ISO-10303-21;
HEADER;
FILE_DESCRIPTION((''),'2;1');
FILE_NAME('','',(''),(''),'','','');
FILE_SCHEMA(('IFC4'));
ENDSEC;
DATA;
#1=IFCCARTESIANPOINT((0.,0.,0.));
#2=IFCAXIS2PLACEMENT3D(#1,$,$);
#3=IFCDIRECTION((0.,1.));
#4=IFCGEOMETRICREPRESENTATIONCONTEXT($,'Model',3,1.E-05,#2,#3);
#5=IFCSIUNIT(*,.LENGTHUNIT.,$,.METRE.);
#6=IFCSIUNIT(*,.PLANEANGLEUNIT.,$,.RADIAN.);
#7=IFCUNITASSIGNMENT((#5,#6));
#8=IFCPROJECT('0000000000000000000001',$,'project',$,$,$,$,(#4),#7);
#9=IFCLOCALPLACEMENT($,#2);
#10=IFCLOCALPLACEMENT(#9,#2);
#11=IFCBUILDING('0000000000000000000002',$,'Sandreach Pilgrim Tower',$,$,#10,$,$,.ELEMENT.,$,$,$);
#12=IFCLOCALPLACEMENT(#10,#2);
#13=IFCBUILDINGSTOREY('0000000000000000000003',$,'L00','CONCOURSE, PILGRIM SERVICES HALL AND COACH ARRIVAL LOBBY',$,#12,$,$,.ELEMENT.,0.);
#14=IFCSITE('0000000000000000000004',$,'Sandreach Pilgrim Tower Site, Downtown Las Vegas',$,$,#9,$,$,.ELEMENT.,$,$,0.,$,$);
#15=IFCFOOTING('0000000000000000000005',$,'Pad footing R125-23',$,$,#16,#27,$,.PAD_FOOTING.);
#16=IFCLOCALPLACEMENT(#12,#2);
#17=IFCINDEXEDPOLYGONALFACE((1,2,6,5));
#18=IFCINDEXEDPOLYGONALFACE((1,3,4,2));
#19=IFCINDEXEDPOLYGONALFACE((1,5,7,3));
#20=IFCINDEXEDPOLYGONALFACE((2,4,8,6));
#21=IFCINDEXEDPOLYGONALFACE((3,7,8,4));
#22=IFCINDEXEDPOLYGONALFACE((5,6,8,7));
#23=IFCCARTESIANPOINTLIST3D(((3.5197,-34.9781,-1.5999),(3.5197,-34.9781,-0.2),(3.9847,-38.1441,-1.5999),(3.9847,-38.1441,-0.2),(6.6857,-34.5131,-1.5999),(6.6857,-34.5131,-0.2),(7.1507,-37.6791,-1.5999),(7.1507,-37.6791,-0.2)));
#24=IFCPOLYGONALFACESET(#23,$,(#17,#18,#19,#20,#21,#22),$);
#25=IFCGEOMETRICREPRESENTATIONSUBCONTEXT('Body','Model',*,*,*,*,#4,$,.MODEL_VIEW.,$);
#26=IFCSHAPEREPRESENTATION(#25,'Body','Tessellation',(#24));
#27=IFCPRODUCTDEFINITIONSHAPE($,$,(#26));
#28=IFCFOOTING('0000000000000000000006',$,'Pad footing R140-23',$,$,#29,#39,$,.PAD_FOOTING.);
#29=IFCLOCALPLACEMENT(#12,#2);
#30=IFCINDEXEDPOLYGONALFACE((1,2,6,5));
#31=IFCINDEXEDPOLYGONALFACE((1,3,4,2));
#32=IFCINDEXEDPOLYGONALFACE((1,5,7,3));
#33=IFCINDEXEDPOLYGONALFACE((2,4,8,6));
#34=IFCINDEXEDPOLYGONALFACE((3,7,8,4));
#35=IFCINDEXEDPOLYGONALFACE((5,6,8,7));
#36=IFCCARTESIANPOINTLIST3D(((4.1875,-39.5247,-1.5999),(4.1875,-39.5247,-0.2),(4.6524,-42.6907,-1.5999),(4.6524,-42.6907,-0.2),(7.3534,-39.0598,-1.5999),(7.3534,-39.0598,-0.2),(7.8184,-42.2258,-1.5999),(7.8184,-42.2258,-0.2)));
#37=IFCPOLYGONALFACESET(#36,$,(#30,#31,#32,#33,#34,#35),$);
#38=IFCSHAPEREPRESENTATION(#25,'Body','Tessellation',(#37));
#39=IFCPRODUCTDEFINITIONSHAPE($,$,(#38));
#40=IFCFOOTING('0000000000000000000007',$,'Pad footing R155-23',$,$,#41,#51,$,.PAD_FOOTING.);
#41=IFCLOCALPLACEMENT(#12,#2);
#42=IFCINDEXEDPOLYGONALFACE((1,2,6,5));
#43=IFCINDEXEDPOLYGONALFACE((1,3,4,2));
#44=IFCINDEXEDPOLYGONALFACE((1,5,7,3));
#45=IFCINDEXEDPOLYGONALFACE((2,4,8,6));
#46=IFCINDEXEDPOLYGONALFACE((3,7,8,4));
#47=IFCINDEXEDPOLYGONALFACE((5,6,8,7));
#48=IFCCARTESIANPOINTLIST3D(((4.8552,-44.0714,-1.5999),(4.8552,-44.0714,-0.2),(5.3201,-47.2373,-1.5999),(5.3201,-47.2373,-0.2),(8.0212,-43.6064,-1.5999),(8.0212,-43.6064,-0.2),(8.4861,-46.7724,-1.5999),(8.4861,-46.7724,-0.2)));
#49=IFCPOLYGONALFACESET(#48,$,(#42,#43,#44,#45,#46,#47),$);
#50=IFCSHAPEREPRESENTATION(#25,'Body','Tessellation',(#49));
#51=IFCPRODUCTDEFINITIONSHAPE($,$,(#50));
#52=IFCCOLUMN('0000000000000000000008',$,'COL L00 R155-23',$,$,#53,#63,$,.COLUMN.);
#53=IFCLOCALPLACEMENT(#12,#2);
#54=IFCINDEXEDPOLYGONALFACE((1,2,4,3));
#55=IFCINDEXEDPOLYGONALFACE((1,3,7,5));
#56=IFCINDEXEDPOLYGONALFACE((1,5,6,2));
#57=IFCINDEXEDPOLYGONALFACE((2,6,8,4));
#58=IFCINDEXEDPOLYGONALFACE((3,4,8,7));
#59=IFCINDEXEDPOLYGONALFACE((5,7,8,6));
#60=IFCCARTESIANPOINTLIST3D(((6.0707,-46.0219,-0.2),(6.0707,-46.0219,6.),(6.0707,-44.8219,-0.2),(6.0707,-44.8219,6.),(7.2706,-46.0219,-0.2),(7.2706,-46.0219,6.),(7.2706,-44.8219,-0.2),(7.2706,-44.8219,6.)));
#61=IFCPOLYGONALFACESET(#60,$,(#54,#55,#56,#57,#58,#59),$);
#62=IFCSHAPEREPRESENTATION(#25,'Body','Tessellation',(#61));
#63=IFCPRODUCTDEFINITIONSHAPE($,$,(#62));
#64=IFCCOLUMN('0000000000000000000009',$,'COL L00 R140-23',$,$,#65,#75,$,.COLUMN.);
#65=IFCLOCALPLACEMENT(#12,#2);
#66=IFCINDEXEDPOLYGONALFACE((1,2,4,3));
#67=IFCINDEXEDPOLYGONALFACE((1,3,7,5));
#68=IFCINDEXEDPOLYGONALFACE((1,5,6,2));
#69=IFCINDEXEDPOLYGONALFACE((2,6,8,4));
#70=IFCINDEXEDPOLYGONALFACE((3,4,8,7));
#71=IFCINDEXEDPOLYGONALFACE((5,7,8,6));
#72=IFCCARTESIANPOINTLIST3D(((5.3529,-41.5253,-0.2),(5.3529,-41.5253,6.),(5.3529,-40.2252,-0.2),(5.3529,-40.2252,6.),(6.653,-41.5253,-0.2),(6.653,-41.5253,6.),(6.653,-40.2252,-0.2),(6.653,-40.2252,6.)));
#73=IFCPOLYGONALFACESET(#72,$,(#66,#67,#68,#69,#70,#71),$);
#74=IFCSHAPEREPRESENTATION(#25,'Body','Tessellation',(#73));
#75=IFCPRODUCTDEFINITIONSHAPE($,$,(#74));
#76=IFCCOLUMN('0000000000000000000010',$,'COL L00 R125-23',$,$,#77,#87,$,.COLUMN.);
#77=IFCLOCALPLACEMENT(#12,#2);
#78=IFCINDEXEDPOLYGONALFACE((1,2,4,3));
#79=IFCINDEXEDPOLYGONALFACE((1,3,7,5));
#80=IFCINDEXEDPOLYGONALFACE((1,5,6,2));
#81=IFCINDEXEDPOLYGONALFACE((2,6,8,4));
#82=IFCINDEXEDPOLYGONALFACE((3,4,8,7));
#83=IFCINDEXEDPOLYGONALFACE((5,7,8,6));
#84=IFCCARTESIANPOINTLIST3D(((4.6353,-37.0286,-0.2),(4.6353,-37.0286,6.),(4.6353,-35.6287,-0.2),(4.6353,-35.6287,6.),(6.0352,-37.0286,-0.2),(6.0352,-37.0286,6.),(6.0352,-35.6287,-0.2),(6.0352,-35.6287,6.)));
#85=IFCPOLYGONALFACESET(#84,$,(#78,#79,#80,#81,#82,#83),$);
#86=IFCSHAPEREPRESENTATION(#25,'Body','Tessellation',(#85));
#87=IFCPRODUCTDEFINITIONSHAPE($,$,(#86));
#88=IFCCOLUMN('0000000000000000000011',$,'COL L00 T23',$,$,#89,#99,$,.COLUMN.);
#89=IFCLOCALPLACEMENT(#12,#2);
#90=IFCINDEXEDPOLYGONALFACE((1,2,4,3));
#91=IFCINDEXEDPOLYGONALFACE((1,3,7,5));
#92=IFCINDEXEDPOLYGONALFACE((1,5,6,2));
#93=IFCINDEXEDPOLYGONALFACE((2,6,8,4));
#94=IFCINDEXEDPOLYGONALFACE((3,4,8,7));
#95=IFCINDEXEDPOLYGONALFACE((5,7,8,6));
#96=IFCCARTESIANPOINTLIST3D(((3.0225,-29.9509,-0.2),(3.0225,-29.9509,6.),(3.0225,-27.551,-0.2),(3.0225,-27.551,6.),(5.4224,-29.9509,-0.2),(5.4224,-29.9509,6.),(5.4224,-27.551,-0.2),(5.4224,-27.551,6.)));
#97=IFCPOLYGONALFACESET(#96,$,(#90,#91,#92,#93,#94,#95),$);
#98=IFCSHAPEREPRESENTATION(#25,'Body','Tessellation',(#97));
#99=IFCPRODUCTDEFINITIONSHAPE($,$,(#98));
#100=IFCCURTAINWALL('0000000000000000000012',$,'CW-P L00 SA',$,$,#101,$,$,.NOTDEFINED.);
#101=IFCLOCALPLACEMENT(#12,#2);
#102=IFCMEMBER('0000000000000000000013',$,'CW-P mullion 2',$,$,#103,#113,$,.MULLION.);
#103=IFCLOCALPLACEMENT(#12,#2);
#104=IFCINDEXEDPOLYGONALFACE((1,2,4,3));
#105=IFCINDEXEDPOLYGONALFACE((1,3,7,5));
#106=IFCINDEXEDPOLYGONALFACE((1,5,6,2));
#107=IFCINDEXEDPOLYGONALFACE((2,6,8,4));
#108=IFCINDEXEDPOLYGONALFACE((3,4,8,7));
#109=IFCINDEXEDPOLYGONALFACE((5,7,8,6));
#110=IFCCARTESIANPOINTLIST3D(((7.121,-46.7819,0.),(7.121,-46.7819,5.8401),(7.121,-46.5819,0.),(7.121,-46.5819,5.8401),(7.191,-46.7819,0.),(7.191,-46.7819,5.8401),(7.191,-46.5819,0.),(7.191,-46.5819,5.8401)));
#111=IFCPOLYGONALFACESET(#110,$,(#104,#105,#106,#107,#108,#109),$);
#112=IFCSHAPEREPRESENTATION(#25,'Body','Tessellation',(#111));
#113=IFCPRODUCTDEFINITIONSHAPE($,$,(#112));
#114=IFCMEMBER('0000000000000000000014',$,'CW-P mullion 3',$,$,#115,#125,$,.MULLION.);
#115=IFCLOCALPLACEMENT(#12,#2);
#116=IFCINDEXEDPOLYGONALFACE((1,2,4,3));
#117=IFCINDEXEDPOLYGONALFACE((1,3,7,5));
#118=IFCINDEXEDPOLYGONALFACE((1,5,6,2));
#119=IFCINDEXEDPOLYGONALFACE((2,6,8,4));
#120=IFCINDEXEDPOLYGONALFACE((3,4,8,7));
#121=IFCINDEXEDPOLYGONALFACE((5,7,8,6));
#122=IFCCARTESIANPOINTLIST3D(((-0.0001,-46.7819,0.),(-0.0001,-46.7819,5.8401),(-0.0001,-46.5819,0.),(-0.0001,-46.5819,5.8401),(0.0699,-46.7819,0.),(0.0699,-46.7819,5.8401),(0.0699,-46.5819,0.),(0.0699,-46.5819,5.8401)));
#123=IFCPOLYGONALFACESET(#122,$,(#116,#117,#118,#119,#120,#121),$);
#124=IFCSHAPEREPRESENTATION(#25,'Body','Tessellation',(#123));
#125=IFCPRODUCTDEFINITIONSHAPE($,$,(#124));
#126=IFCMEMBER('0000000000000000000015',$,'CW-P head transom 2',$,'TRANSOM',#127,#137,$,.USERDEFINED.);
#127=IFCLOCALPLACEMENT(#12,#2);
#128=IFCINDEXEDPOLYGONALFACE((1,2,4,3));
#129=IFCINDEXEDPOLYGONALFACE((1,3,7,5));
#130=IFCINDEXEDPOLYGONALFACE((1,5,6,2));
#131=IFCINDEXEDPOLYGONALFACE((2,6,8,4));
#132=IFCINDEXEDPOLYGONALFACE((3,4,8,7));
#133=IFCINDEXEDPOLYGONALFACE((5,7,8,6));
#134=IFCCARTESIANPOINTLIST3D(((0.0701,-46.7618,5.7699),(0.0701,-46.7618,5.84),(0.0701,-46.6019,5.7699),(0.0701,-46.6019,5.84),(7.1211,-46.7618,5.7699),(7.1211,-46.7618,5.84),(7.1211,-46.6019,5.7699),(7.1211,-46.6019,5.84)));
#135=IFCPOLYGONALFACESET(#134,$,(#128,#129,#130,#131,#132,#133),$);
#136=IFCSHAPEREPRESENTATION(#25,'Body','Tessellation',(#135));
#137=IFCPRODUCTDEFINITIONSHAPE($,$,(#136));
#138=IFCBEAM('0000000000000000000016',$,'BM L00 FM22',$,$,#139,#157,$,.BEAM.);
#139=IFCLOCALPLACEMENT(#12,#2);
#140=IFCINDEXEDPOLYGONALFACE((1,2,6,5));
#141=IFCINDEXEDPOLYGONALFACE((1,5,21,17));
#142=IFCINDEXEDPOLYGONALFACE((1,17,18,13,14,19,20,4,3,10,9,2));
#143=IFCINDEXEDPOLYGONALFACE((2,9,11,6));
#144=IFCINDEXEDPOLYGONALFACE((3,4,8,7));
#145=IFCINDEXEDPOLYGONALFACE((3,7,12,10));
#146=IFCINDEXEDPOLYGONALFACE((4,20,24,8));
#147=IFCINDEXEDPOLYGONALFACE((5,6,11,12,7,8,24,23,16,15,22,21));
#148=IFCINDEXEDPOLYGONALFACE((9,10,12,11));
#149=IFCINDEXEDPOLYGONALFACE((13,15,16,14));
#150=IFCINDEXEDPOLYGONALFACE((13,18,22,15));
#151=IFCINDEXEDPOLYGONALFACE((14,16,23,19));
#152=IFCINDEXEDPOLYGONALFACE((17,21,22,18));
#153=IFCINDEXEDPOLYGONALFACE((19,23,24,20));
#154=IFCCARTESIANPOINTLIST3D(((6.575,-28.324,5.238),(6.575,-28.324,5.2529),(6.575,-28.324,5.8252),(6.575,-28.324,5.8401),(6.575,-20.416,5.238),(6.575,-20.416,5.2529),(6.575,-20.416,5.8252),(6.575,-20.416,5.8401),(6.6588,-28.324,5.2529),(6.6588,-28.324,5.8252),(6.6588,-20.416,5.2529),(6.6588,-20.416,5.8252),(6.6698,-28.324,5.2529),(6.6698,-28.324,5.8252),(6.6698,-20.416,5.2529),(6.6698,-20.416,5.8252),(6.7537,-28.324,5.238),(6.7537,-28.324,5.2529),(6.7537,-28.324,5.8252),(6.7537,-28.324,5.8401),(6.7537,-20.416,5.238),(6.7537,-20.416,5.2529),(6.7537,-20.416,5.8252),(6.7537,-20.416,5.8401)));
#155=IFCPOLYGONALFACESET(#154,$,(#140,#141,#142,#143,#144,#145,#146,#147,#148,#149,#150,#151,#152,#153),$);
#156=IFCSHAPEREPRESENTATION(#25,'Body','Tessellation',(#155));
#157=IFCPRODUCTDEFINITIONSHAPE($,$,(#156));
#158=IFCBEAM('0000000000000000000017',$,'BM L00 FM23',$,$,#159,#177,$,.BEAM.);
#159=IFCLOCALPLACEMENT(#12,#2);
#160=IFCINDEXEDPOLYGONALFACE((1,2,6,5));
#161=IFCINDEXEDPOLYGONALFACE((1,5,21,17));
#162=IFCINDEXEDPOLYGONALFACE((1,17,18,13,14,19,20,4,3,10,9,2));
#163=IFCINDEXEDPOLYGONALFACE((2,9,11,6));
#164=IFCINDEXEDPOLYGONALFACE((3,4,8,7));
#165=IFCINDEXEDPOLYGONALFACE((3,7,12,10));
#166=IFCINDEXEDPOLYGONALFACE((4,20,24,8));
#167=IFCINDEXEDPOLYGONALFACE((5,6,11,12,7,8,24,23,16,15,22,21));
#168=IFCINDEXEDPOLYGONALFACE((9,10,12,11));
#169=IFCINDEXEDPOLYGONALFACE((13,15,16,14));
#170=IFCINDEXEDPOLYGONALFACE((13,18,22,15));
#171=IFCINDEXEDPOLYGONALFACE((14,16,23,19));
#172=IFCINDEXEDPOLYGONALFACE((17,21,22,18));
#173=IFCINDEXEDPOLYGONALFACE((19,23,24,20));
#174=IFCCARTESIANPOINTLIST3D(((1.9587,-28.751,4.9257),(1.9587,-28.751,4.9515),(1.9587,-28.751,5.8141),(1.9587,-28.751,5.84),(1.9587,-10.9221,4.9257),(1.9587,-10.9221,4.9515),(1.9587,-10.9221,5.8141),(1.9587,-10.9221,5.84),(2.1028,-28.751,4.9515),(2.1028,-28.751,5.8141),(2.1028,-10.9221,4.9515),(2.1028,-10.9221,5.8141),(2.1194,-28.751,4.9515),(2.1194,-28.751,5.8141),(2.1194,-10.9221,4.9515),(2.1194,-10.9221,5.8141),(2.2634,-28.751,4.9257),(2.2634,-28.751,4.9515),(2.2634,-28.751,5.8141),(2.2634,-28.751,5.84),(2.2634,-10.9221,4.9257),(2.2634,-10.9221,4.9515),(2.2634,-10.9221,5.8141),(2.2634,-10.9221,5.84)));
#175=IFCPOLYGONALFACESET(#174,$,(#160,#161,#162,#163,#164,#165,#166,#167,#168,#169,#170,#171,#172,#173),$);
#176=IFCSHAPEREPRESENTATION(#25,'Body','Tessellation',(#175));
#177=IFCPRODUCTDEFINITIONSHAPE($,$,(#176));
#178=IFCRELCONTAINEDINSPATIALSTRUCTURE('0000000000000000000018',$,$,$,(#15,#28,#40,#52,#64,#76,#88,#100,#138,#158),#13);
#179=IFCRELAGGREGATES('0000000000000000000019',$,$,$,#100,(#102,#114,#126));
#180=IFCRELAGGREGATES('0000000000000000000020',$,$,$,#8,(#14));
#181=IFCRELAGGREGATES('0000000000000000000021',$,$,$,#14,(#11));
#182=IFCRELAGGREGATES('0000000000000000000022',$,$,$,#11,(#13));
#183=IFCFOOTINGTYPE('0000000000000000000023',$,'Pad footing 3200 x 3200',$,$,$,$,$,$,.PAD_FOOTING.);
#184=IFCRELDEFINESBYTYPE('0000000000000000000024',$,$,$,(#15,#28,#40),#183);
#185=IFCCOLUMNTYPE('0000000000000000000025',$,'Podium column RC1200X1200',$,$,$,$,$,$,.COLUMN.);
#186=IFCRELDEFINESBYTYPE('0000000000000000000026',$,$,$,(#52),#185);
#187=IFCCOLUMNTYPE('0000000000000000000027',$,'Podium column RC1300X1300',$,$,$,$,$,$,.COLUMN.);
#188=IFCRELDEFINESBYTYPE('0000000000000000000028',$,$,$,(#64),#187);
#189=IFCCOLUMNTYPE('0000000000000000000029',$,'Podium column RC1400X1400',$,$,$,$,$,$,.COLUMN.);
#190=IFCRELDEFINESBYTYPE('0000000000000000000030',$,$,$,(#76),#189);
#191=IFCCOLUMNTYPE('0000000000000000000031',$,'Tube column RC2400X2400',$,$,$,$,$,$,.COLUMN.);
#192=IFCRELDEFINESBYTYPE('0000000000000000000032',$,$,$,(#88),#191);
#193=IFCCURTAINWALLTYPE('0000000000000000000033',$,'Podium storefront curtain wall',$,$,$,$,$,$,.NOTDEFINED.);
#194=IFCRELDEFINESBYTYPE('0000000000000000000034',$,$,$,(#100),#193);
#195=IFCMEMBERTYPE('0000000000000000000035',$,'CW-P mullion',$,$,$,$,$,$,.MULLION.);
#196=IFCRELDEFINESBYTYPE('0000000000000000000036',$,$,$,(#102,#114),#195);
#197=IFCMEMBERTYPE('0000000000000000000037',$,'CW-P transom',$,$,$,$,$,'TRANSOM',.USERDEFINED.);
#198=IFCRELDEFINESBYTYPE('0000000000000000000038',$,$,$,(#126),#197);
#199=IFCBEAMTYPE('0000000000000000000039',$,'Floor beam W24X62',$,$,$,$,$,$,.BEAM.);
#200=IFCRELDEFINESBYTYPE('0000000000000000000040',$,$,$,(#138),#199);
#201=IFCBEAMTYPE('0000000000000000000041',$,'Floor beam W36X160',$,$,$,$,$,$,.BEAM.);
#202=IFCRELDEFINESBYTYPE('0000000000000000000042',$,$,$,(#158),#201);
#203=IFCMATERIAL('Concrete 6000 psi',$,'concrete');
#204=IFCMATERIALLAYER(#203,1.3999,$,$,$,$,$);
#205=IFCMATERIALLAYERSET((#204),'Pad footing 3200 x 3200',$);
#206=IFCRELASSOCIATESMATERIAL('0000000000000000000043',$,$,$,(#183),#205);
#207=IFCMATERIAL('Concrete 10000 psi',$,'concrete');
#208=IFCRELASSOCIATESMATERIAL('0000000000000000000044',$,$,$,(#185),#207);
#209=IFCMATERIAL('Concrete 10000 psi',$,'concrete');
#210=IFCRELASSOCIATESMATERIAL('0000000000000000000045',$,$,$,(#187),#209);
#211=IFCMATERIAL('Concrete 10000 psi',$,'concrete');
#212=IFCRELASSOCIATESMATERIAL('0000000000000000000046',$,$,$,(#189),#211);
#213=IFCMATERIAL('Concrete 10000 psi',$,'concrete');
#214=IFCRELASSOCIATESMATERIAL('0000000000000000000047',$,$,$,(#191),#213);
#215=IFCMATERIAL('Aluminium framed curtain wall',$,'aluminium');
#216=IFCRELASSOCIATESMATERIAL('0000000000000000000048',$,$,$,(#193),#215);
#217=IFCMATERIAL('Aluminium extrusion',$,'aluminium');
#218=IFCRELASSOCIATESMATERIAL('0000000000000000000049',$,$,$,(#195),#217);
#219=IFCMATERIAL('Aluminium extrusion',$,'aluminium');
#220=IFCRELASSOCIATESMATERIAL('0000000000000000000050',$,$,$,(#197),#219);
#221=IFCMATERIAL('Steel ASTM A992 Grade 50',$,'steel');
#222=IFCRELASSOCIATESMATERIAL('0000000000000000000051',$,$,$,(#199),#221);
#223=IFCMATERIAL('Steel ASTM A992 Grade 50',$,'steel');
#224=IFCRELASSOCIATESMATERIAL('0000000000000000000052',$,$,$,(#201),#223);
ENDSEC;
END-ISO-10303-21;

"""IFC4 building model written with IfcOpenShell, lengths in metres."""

from ifc_helpers import new_model, si_unit, direction, frame, origin, origin_2d, place, context, subcontext, project, spatial, rectangle, i_section, extrude, material, layer, layer_set, material_profile, profile_set, type_object, element, aggregate, save


model = new_model("IFC4")

# Units and contexts
model_context = context("Model", 3, precision=1e-05, world=origin(), true_north=direction((0.0, 1.0)))
body_context = subcontext(model_context, "Body", "Model", "MODEL_VIEW")
ifc_project = project(units=[si_unit("LENGTHUNIT", "METRE"), si_unit("PLANEANGLEUNIT", "RADIAN")], contexts=[model_context])

# Site, building, storey
site_placement = place(None, origin())
site = spatial("IfcSite", under=ifc_project, at=site_placement, Name="Sandreach Pilgrim Tower Site, Downtown Las Vegas", CompositionType="ELEMENT", RefElevation=0.0)
building_placement = place(site_placement, origin())
building = spatial("IfcBuilding", under=site, at=building_placement, Name="Sandreach Pilgrim Tower", CompositionType="ELEMENT")
storey_placement = place(building_placement, origin())
storey = spatial("IfcBuildingStorey", under=building, at=storey_placement, Name="L00", Description="CONCOURSE, PILGRIM SERVICES HALL AND COACH ARRIVAL LOBBY", CompositionType="ELEMENT", Elevation=0.0)

# Footings
ifc_material_1 = material(Name="Concrete 6000 psi", Category="concrete")
ifc_layer_1 = layer(ifc_material_1, 1.3999)
ifc_layer_set_1 = layer_set([ifc_layer_1], Name="Pad footing 3200 x 3200")
footing_type = type_object("IfcFootingType", Name="Pad footing 3200 x 3200", PredefinedType="PAD_FOOTING", material=ifc_layer_set_1)
for number, where, z_axis, x_axis, name in (
    (1, (5.3352, -36.3286, -1.5999), (0.0, 0.0, 1.0), (0.1453, -0.989388, 0.0), "Pad footing R125-23"),
    (2, (6.0029, -40.8752, -1.5999), (0.0, 0.0, 1.0), (0.1453, -0.989388, 0.0), "Pad footing R140-23"),
    (3, (6.6707, -45.4219, -1.5999), (0.0, 0.0, 1.0), (0.1453, -0.989388, 0.0), "Pad footing R155-23"),
):
    element("IfcFooting", number, at=place(storey_placement, frame(where, z_axis=z_axis, x_axis=x_axis)), inside=storey, type_object=footing_type, Name=name, PredefinedType="PAD_FOOTING", context=body_context, shape_type="SweptSolid", body=[
        extrude(rectangle(XDim=3.2, YDim=3.2, at=origin_2d()), origin(), (0.0, 0.0, 1.0), 1.3999),
    ])

# Columns
ifc_material_2 = material(Name="Concrete 10000 psi", Category="concrete")
ifc_material_profile_1 = material_profile(ifc_material_2, rectangle(XDim=1.2, YDim=1.2, at=origin_2d()), Name="RC1200X1200")
ifc_profile_set_1 = profile_set([ifc_material_profile_1], Name="Concrete 10000 psi")
column_type_1 = type_object("IfcColumnType", Name="Podium column RC1200X1200", PredefinedType="COLUMN", material=ifc_profile_set_1)
column_1_placement = place(storey_placement, frame((6.6707, -45.4219, -0.2), z_axis=(0.0, 0.0, 1.0), x_axis=(0.0, -1.0, 0.0)))
element("IfcColumn", 4, at=column_1_placement, inside=storey, type_object=column_type_1, Name="COL L00 R155-23", PredefinedType="COLUMN", context=body_context, shape_type="SweptSolid", body=[
    extrude(rectangle(XDim=1.2, YDim=1.2, at=origin_2d()), origin(), (0.0, 0.0, 1.0), 6.2),
])
ifc_material_3 = material(Name="Concrete 10000 psi", Category="concrete")
ifc_material_profile_2 = material_profile(ifc_material_3, rectangle(XDim=1.3, YDim=1.3, at=origin_2d()), Name="RC1300X1300")
ifc_profile_set_2 = profile_set([ifc_material_profile_2], Name="Concrete 10000 psi")
column_type_2 = type_object("IfcColumnType", Name="Podium column RC1300X1300", PredefinedType="COLUMN", material=ifc_profile_set_2)
column_2_placement = place(storey_placement, frame((6.0029, -40.8752, -0.2), z_axis=(0.0, 0.0, 1.0), x_axis=(0.0, -1.0, 0.0)))
element("IfcColumn", 5, at=column_2_placement, inside=storey, type_object=column_type_2, Name="COL L00 R140-23", PredefinedType="COLUMN", context=body_context, shape_type="SweptSolid", body=[
    extrude(rectangle(XDim=1.3, YDim=1.3, at=origin_2d()), origin(), (0.0, 0.0, 1.0), 6.2),
])
ifc_material_4 = material(Name="Concrete 10000 psi", Category="concrete")
ifc_material_profile_3 = material_profile(ifc_material_4, rectangle(XDim=1.3999, YDim=1.3999, at=origin_2d()), Name="RC1400X1400")
ifc_profile_set_3 = profile_set([ifc_material_profile_3], Name="Concrete 10000 psi")
column_type_3 = type_object("IfcColumnType", Name="Podium column RC1400X1400", PredefinedType="COLUMN", material=ifc_profile_set_3)
column_3_placement = place(storey_placement, frame((5.3352, -36.3286, -0.2), z_axis=(0.0, 0.0, 1.0), x_axis=(0.0, -1.0, 0.0)))
element("IfcColumn", 6, at=column_3_placement, inside=storey, type_object=column_type_3, Name="COL L00 R125-23", PredefinedType="COLUMN", context=body_context, shape_type="SweptSolid", body=[
    extrude(rectangle(XDim=1.3999, YDim=1.3999, at=origin_2d()), origin(), (0.0, 0.0, 1.0), 6.2),
])
ifc_material_5 = material(Name="Concrete 10000 psi", Category="concrete")
ifc_material_profile_4 = material_profile(ifc_material_5, rectangle(XDim=2.3999, YDim=2.3999, at=origin_2d()), Name="RC2400X2400")
ifc_profile_set_4 = profile_set([ifc_material_profile_4], Name="Concrete 10000 psi")
column_type_4 = type_object("IfcColumnType", Name="Tube column RC2400X2400", PredefinedType="COLUMN", material=ifc_profile_set_4)
column_4_placement = place(storey_placement, frame((4.2224, -28.751, -0.2), z_axis=(0.0, 0.0, 1.0), x_axis=(0.0, -1.0, 0.0)))
element("IfcColumn", 7, at=column_4_placement, inside=storey, type_object=column_type_4, Name="COL L00 T23", PredefinedType="COLUMN", context=body_context, shape_type="SweptSolid", body=[
    extrude(rectangle(XDim=2.3999, YDim=2.3999, at=origin_2d()), origin(), (0.0, 0.0, 1.0), 6.2),
])

# Curtain wall, members
ifc_material_6 = material(Name="Aluminium framed curtain wall", Category="aluminium")
curtain_wall_type = type_object("IfcCurtainWallType", Name="Podium storefront curtain wall", PredefinedType="NOTDEFINED", material=ifc_material_6)
curtain_wall_placement = place(storey_placement, origin())
curtain_wall = element("IfcCurtainWall", 8, at=curtain_wall_placement, inside=storey, type_object=curtain_wall_type, Name="CW-P L00 SA", PredefinedType="NOTDEFINED")
ifc_material_7 = material(Name="Aluminium extrusion", Category="aluminium")
ifc_material_profile_5 = material_profile(ifc_material_7, rectangle(XDim=0.0701, YDim=0.2, at=origin_2d()), Name="CW-PM 70X200")
ifc_profile_set_5 = profile_set([ifc_material_profile_5], Name="Aluminium extrusion")
member_type_1 = type_object("IfcMemberType", Name="CW-P mullion", PredefinedType="MULLION", material=ifc_profile_set_5)
member_1_placement = place(storey_placement, frame((7.156, -46.6819, 0.0), z_axis=(0.0, 0.0, 1.0), x_axis=(-1.0, 0.0, 0.0)))
member_1 = element("IfcMember", 9, at=member_1_placement, type_object=member_type_1, Name="CW-P mullion 2", PredefinedType="MULLION", context=body_context, shape_type="SweptSolid", body=[
    extrude(rectangle(XDim=0.0701, YDim=0.2, at=origin_2d()), origin(), (0.0, 0.0, 1.0), 5.8401),
])
member_2_placement = place(storey_placement, frame((0.0349, -46.6819, 0.0), z_axis=(0.0, 0.0, 1.0), x_axis=(-1.0, 0.0, 0.0)))
member_2 = element("IfcMember", 10, at=member_2_placement, type_object=member_type_1, Name="CW-P mullion 3", PredefinedType="MULLION", context=body_context, shape_type="SweptSolid", body=[
    extrude(rectangle(XDim=0.0701, YDim=0.2, at=origin_2d()), origin(), (0.0, 0.0, 1.0), 5.8401),
])
ifc_material_8 = material(Name="Aluminium extrusion", Category="aluminium")
ifc_material_profile_6 = material_profile(ifc_material_8, rectangle(XDim=0.1599, YDim=0.0701, at=origin_2d()), Name="CW-PT 160X70")
ifc_profile_set_6 = profile_set([ifc_material_profile_6], Name="Aluminium extrusion")
member_type_2 = type_object("IfcMemberType", Name="CW-P transom", ElementType="TRANSOM", PredefinedType="USERDEFINED", material=ifc_profile_set_6)
member_3_placement = place(storey_placement, frame((7.1211, -46.6819, 5.8049), z_axis=(-1.0, 0.0, 0.0), x_axis=(0.0, -1.0, 0.0)))
member_3 = element("IfcMember", 11, at=member_3_placement, type_object=member_type_2, Name="CW-P head transom 2", ObjectType="TRANSOM", PredefinedType="USERDEFINED", context=body_context, shape_type="SweptSolid", body=[
    extrude(rectangle(XDim=0.1599, YDim=0.0701, at=origin_2d()), origin(), (0.0, 0.0, 1.0), 7.051),
])

# Beams
ifc_material_9 = material(Name="Steel ASTM A992 Grade 50", Category="steel")
ifc_material_profile_7 = material_profile(ifc_material_9, i_section(OverallWidth=0.1787, OverallDepth=0.6021, WebThickness=0.011, FlangeThickness=0.0149, at=origin_2d()), Name="W24X62")
ifc_profile_set_7 = profile_set([ifc_material_profile_7], Name="Steel ASTM A992 Grade 50")
beam_type_1 = type_object("IfcBeamType", Name="Floor beam W24X62", PredefinedType="BEAM", material=ifc_profile_set_7)
beam_1_placement = place(storey_placement, frame((6.6643, -28.324, 5.5391), z_axis=(0.0, 1.0, 0.0), x_axis=(-1.0, 0.0, 0.0)))
element("IfcBeam", 12, at=beam_1_placement, inside=storey, type_object=beam_type_1, Name="BM L00 FM22", PredefinedType="BEAM", context=body_context, shape_type="SweptSolid", body=[
    extrude(i_section(OverallWidth=0.1787, OverallDepth=0.6021, WebThickness=0.011, FlangeThickness=0.0149, at=origin_2d()), origin(), (0.0, 0.0, 1.0), 7.908),
])
ifc_material_10 = material(Name="Steel ASTM A992 Grade 50", Category="steel")
ifc_material_profile_8 = material_profile(ifc_material_10, i_section(OverallWidth=0.3047, OverallDepth=0.9143, WebThickness=0.0166, FlangeThickness=0.0259, at=origin_2d()), Name="W36X160")
ifc_profile_set_8 = profile_set([ifc_material_profile_8], Name="Steel ASTM A992 Grade 50")
beam_type_2 = type_object("IfcBeamType", Name="Floor beam W36X160", PredefinedType="BEAM", material=ifc_profile_set_8)
beam_2_placement = place(storey_placement, frame((2.1111, -28.751, 5.3828), z_axis=(0.0, 1.0, 0.0), x_axis=(-1.0, 0.0, 0.0)))
element("IfcBeam", 13, at=beam_2_placement, inside=storey, type_object=beam_type_2, Name="BM L00 FM23", PredefinedType="BEAM", context=body_context, shape_type="SweptSolid", body=[
    extrude(i_section(OverallWidth=0.3047, OverallDepth=0.9143, WebThickness=0.0166, FlangeThickness=0.0259, at=origin_2d()), origin(), (0.0, 0.0, 1.0), 17.8289),
])

aggregate(curtain_wall, [member_1, member_2, member_3])

save(model, "model.ifc")
